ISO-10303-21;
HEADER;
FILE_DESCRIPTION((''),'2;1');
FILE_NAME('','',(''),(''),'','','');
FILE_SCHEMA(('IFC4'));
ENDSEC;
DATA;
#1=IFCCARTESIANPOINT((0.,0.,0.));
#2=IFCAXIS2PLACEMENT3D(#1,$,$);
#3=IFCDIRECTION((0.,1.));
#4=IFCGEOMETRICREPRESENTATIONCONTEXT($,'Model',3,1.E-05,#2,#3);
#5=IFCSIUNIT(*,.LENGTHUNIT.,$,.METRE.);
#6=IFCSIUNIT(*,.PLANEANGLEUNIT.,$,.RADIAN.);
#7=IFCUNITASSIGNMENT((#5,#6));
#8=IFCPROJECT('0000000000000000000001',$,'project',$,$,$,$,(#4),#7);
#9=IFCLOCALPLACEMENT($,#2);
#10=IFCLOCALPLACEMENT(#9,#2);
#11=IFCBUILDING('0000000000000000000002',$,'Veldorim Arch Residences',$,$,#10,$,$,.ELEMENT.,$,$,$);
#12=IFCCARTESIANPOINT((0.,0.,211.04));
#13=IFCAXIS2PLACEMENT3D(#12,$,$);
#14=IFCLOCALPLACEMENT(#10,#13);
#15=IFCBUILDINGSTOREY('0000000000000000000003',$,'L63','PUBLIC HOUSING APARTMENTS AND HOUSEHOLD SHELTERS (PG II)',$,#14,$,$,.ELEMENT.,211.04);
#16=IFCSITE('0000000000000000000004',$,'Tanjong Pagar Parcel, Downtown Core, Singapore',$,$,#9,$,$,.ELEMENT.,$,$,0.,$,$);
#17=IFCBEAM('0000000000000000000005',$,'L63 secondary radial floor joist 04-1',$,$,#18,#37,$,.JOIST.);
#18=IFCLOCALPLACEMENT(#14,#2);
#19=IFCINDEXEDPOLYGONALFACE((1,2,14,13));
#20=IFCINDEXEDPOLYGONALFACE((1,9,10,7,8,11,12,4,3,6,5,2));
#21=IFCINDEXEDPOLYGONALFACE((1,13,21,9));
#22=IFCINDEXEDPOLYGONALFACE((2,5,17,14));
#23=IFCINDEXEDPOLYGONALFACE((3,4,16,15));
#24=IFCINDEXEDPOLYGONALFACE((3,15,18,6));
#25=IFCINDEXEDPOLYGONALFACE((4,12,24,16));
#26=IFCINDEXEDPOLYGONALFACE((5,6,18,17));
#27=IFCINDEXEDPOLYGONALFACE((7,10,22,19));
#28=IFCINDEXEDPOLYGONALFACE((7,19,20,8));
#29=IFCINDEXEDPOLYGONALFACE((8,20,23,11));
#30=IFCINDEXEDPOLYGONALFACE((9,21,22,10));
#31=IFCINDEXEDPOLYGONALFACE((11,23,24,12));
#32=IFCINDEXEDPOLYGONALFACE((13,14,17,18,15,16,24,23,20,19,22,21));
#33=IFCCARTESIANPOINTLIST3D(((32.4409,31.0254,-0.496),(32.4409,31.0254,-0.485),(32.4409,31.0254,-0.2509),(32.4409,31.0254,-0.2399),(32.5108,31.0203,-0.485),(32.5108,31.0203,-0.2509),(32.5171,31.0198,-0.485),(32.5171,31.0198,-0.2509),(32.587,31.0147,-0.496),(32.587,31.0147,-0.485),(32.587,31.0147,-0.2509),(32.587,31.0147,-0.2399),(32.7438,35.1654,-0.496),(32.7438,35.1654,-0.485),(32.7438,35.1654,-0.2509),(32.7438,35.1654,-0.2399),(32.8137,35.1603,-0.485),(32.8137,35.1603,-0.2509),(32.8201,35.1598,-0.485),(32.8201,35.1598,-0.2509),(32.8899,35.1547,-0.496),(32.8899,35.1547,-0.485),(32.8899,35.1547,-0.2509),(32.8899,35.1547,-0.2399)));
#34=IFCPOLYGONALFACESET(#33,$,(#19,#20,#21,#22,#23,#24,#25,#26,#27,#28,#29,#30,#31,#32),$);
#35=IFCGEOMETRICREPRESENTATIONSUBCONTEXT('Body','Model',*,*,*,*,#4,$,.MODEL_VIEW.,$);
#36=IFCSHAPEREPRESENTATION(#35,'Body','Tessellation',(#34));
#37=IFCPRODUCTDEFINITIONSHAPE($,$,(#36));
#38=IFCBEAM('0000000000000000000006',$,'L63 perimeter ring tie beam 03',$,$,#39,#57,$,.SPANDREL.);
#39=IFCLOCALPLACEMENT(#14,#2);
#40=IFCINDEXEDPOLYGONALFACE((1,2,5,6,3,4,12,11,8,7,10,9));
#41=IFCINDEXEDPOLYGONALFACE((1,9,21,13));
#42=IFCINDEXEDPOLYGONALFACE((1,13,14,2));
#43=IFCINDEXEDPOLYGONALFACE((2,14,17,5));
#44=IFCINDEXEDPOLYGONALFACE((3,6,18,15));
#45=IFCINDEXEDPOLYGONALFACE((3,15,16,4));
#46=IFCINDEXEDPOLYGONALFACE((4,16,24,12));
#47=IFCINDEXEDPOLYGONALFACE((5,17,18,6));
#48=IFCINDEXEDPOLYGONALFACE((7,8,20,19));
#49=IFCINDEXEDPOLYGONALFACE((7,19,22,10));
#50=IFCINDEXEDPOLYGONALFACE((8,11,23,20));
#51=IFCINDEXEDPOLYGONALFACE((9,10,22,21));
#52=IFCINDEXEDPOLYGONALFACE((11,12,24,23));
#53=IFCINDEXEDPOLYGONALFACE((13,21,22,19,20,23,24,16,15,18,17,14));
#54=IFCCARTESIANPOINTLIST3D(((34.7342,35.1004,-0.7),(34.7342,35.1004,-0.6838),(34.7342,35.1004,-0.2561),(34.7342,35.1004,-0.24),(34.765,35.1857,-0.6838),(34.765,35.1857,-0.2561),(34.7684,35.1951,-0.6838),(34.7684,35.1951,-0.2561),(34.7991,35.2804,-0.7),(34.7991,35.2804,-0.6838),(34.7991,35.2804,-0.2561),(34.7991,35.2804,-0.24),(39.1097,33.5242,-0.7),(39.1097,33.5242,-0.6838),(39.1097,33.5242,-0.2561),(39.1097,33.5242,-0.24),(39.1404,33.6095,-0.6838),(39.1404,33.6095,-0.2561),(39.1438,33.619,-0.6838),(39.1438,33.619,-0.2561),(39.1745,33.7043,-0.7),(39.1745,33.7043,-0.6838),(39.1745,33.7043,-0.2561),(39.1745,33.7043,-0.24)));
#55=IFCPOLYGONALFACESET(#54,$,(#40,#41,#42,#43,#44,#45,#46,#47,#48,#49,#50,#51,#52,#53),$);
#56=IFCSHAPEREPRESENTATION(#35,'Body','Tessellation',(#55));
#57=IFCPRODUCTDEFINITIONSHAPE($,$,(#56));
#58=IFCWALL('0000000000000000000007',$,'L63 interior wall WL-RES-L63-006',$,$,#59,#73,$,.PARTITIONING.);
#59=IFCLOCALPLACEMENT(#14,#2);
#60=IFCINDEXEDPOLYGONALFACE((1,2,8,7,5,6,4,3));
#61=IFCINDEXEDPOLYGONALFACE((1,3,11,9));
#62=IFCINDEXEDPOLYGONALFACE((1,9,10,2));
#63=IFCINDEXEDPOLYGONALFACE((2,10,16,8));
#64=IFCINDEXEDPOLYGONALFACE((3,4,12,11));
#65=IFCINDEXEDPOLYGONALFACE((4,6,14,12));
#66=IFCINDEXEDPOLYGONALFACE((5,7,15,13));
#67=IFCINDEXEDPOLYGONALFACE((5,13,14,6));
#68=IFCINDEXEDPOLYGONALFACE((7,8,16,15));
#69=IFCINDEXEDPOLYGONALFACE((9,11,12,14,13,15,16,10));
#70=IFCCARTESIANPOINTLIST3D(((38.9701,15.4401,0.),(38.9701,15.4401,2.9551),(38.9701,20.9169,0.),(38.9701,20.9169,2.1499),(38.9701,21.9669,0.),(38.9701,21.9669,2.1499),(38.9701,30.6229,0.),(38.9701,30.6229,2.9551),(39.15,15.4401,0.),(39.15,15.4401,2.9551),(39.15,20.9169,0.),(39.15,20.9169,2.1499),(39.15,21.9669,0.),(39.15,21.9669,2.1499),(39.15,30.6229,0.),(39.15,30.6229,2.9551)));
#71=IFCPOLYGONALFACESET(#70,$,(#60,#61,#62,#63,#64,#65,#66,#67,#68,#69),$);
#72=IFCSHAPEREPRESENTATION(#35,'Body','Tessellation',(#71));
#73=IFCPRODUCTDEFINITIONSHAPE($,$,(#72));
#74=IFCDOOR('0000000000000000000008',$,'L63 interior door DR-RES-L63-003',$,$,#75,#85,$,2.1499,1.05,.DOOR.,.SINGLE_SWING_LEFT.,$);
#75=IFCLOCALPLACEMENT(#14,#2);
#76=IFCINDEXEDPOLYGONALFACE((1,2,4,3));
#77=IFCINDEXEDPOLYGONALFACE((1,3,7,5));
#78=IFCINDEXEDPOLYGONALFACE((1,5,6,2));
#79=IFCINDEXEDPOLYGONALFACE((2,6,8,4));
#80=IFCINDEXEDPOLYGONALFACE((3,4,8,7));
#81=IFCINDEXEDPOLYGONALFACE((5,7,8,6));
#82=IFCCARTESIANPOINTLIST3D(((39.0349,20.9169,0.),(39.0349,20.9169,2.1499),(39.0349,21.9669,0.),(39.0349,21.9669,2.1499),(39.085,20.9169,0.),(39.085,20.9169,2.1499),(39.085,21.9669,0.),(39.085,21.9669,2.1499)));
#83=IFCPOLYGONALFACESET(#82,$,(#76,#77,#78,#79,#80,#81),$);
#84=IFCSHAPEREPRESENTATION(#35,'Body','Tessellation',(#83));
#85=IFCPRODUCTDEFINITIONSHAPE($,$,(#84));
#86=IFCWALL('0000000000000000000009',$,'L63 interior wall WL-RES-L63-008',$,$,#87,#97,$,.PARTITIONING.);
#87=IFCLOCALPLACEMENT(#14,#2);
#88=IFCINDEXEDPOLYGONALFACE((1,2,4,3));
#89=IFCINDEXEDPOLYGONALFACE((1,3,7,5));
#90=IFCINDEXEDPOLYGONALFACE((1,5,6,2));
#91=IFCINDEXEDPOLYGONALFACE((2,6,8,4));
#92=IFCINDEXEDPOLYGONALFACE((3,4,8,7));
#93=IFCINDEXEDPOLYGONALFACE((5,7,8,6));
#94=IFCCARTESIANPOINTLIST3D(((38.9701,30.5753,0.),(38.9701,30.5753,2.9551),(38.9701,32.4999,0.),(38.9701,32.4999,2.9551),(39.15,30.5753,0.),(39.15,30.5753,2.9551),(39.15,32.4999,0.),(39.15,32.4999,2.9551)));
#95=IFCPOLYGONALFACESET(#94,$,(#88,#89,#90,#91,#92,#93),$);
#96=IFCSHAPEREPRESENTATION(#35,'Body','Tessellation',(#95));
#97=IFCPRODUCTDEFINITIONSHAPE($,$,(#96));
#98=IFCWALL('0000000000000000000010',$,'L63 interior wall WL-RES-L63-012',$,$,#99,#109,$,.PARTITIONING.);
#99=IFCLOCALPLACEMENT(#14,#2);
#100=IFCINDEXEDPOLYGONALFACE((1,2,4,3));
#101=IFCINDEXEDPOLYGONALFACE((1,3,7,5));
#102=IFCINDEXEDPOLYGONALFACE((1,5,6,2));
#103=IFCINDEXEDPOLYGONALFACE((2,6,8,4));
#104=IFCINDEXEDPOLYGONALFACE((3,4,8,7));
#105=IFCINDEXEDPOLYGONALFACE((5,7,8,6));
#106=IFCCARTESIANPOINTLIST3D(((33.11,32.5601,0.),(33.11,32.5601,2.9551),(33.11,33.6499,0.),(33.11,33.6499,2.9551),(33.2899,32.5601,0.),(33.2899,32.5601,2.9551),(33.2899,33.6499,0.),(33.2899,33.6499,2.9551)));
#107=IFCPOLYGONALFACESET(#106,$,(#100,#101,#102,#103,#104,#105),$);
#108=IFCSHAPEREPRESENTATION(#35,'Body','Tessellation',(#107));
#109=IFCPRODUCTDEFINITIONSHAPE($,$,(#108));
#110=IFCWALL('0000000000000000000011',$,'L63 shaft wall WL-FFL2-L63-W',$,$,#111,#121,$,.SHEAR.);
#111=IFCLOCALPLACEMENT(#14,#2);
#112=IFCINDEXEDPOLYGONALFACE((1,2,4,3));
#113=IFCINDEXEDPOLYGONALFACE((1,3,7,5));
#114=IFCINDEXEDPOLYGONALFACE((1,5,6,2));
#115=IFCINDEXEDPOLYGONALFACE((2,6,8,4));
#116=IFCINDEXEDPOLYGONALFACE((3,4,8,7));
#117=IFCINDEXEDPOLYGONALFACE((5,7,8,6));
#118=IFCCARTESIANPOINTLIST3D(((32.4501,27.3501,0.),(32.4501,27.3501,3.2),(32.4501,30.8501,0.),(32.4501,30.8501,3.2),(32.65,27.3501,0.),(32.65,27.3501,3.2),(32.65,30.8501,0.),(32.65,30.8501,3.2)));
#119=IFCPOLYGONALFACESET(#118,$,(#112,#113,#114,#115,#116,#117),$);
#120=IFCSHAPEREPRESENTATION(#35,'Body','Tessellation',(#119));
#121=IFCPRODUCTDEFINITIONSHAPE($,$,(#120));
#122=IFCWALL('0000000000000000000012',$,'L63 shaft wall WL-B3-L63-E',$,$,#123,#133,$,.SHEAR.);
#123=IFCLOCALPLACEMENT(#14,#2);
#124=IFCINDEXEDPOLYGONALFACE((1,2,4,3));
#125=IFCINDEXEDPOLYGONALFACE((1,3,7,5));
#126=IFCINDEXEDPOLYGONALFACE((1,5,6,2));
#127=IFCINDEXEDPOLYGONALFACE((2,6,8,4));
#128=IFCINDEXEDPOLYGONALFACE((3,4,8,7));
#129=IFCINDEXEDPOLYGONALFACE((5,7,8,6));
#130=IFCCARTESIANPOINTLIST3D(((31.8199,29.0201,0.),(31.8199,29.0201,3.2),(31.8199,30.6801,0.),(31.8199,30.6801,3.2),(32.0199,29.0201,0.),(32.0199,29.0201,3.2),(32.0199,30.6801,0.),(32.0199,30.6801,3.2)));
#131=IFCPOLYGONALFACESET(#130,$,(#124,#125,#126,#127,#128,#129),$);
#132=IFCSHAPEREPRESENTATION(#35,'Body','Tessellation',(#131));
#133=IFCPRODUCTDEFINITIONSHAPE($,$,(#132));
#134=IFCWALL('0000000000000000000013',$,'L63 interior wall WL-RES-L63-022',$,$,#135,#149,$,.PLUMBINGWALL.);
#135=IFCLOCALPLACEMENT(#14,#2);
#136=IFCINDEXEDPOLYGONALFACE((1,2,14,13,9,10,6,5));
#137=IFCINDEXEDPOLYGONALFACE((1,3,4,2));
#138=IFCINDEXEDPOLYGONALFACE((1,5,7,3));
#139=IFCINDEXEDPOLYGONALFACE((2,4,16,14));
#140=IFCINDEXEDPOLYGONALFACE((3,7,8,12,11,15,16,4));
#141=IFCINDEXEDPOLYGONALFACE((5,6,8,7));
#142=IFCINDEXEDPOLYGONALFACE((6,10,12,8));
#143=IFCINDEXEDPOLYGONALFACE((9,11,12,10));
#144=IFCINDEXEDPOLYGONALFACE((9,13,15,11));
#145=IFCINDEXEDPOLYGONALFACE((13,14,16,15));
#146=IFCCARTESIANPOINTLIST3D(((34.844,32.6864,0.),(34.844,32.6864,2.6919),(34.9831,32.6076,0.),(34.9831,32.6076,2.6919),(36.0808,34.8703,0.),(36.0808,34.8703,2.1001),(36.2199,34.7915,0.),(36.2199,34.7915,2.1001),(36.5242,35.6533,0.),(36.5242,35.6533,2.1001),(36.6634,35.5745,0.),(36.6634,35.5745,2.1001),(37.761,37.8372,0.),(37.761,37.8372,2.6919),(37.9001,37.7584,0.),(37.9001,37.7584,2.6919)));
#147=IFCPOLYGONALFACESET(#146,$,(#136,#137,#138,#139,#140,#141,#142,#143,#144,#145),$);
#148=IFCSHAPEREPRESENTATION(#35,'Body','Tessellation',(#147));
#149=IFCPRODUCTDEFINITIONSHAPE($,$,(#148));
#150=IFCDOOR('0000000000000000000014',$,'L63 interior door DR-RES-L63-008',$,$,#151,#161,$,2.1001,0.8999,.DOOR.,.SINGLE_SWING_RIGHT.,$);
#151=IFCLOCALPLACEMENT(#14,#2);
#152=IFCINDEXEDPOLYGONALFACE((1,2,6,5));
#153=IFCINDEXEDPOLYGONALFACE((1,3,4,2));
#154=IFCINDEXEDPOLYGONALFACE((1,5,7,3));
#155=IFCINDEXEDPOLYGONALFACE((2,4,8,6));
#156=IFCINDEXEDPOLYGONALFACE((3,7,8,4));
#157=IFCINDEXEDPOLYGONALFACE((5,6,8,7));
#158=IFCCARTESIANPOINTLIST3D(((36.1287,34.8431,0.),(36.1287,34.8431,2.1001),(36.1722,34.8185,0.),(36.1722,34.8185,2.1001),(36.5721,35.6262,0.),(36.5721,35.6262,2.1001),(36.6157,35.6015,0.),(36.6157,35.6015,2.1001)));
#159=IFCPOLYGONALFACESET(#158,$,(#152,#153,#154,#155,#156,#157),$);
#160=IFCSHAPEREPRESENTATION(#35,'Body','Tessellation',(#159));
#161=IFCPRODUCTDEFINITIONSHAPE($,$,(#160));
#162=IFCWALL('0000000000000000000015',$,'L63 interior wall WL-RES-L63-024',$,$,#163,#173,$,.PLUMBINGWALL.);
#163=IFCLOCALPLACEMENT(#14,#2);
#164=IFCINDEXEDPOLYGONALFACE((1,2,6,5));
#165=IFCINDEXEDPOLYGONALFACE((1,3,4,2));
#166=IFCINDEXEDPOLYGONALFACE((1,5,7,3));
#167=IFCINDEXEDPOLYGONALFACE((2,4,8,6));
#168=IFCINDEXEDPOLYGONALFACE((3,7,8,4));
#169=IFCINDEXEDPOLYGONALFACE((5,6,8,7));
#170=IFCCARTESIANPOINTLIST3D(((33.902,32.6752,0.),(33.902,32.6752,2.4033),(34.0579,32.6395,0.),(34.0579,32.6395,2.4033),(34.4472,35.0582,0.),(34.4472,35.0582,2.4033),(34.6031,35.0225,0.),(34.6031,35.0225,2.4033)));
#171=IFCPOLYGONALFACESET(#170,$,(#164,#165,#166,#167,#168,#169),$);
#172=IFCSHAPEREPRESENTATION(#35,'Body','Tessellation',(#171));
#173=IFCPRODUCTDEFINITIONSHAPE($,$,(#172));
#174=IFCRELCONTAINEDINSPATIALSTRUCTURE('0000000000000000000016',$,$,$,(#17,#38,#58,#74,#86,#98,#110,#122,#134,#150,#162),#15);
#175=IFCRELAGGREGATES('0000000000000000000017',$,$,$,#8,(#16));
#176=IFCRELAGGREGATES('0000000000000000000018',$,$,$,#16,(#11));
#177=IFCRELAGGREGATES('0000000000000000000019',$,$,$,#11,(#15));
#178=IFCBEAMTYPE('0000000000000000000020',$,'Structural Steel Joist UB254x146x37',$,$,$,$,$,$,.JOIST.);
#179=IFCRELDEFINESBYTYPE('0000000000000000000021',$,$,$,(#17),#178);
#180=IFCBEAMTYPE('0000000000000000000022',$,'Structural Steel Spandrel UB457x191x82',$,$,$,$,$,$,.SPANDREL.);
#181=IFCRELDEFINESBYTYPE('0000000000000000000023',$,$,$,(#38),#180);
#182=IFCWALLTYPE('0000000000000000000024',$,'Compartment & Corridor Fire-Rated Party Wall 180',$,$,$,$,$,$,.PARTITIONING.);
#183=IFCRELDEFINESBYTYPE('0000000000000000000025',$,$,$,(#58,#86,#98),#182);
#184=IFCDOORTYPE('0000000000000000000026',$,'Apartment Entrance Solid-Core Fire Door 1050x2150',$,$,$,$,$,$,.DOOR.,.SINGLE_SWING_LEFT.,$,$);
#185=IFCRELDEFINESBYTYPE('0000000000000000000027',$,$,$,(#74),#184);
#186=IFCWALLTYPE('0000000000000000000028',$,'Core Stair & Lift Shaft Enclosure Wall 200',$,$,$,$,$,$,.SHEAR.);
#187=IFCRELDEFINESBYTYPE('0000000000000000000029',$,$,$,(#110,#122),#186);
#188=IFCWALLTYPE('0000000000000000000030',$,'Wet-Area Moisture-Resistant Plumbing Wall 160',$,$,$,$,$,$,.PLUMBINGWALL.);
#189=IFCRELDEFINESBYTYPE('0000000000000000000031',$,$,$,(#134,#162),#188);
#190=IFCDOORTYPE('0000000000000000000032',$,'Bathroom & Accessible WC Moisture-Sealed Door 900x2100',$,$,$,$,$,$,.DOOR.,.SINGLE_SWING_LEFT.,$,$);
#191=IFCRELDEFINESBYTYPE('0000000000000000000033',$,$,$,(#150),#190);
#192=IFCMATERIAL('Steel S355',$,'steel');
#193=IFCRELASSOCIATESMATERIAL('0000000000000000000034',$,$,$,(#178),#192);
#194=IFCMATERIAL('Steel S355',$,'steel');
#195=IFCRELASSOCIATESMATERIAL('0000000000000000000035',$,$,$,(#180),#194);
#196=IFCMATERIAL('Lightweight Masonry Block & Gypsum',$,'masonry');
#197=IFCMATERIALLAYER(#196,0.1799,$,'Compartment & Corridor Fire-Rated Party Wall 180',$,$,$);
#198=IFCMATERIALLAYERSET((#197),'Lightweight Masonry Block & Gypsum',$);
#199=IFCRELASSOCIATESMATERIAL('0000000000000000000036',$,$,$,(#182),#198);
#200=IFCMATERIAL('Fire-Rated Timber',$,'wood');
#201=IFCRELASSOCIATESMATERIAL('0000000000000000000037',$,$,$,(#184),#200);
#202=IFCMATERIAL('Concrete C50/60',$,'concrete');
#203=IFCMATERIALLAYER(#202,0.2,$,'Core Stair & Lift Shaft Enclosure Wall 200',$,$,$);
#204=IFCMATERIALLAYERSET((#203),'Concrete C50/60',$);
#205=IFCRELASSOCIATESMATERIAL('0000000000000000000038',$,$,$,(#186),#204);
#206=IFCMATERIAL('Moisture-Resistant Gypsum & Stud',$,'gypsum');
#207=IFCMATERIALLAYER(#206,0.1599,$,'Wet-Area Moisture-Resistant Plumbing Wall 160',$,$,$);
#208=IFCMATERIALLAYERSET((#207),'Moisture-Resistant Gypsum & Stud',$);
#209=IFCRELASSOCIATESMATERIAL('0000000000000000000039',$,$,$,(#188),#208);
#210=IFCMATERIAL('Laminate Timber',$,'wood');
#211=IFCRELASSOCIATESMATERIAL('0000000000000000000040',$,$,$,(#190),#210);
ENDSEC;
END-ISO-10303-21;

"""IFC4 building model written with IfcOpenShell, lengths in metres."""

from ifc_helpers import new_model, si_unit, direction, frame, frame_2d, origin, origin_2d, place, context, subcontext, project, spatial, rectangle, i_section, extrude, material, layer, layer_set, material_profile, profile_set, type_object, element, fill, save


model = new_model("IFC4")

# Units and contexts
model_context = context("Model", 3, precision=1e-05, world=origin(), true_north=direction((0.0, 1.0)))
body_context = subcontext(model_context, "Body", "Model", "MODEL_VIEW")
ifc_project = project(units=[si_unit("LENGTHUNIT", "METRE"), si_unit("PLANEANGLEUNIT", "RADIAN")], contexts=[model_context])

# Site, building, storey
site_placement = place(None, origin())
site = spatial("IfcSite", under=ifc_project, at=site_placement, Name="Tanjong Pagar Parcel, Downtown Core, Singapore", CompositionType="ELEMENT", RefElevation=0.0)
building_placement = place(site_placement, origin())
building = spatial("IfcBuilding", under=site, at=building_placement, Name="Veldorim Arch Residences", CompositionType="ELEMENT")
storey_placement = place(building_placement, frame((0.0, 0.0, 211.04)))
storey = spatial("IfcBuildingStorey", under=building, at=storey_placement, Name="L63", Description="PUBLIC HOUSING APARTMENTS AND HOUSEHOLD SHELTERS (PG II)", CompositionType="ELEMENT", Elevation=211.04)

# Beams
ifc_material_1 = material(Name="Steel S355", Category="steel")
ifc_material_profile_1 = material_profile(ifc_material_1, i_section(OverallWidth=0.1465, OverallDepth=0.2561, WebThickness=0.0063, FlangeThickness=0.011, at=origin_2d()), Name="UB254x146x37")
ifc_profile_set_1 = profile_set([ifc_material_profile_1], Name="Steel S355")
beam_type_1 = type_object("IfcBeamType", Name="Structural Steel Joist UB254x146x37", PredefinedType="JOIST", material=ifc_profile_set_1)
beam_1_placement = place(storey_placement, frame((32.5139, 31.02, -0.3679), z_axis=(0.072986, 0.997333, 0.0), x_axis=(-0.997333, 0.072986, 0.0)))
element("IfcBeam", 1, at=beam_1_placement, inside=storey, type_object=beam_type_1, Name="L63 secondary radial floor joist 04-1", PredefinedType="JOIST", context=body_context, shape_type="SweptSolid", body=[
    extrude(i_section(OverallWidth=0.1465, OverallDepth=0.2561, WebThickness=0.0063, FlangeThickness=0.011, at=origin_2d()), origin(), (0.0, 0.0, 1.0), 4.1511),
])
ifc_material_2 = material(Name="Steel S355", Category="steel")
ifc_material_profile_2 = material_profile(ifc_material_2, i_section(OverallWidth=0.1914, OverallDepth=0.46, WebThickness=0.01, FlangeThickness=0.0161, at=origin_2d()), Name="UB457x191x82")
ifc_profile_set_2 = profile_set([ifc_material_profile_2], Name="Steel S355")
beam_type_2 = type_object("IfcBeamType", Name="Structural Steel Spandrel UB457x191x82", PredefinedType="SPANDREL", material=ifc_profile_set_2)
beam_2_placement = place(storey_placement, frame((39.1421, 33.6143, -0.47), z_axis=(-0.940819, 0.338909, 0.0), x_axis=(-0.338909, -0.940819, 0.0)))
element("IfcBeam", 2, at=beam_2_placement, inside=storey, type_object=beam_type_2, Name="L63 perimeter ring tie beam 03", PredefinedType="SPANDREL", context=body_context, shape_type="SweptSolid", body=[
    extrude(i_section(OverallWidth=0.1914, OverallDepth=0.46, WebThickness=0.01, FlangeThickness=0.0161, at=origin_2d()), origin(), (0.0, 0.0, 1.0), 4.6506),
])

# Wall, opening, door
ifc_material_3 = material(Name="Lightweight Masonry Block & Gypsum", Category="masonry")
ifc_layer_1 = layer(ifc_material_3, 0.1799, Name="Compartment & Corridor Fire-Rated Party Wall 180")
ifc_layer_set_1 = layer_set([ifc_layer_1], Name="Lightweight Masonry Block & Gypsum")
wall_type_1 = type_object("IfcWallType", Name="Compartment & Corridor Fire-Rated Party Wall 180", PredefinedType="PARTITIONING", material=ifc_layer_set_1)
wall_1_placement = place(storey_placement, frame((39.0601, 30.6228, 0.0), z_axis=(0.0, 0.0, 1.0), x_axis=(0.0, -1.0, 0.0)))
wall_1 = element("IfcWall", 3, at=wall_1_placement, inside=storey, type_object=wall_type_1, Name="L63 interior wall WL-RES-L63-006", PredefinedType="PARTITIONING", context=body_context, shape_type="SweptSolid", body=[
    extrude(rectangle(XDim=15.1829, YDim=0.1799, at=frame_2d((7.5913, 0.0))), origin(), (0.0, 0.0, 1.0), 2.9551),
])
opening_1_placement = place(wall_1_placement, frame((8.656, 0.0, 0.0)))
opening_1 = element("IfcOpeningElement", 4, at=opening_1_placement, cuts=wall_1, PredefinedType="OPENING", context=body_context, shape_type="SweptSolid", body=[
    extrude(rectangle(XDim=1.05, YDim=2.1499, at=frame_2d((0.5249, 1.075))), frame((0.0, 0.0999, 0.0), z_axis=(0.0, -1.0, 0.0), x_axis=(1.0, 0.0, 0.0)), (0.0, 0.0, 1.0), 0.2),
])
ifc_material_4 = material(Name="Fire-Rated Timber", Category="wood")
door_type_1 = type_object("IfcDoorType", Name="Apartment Entrance Solid-Core Fire Door 1050x2150", OperationType="SINGLE_SWING_LEFT", PredefinedType="DOOR", material=ifc_material_4)
door_1_placement = place(opening_1_placement, origin())
door_1 = element("IfcDoor", 5, at=door_1_placement, inside=storey, type_object=door_type_1, Name="L63 interior door DR-RES-L63-003", OperationType="SINGLE_SWING_LEFT", OverallHeight=2.1499, OverallWidth=1.05, PredefinedType="DOOR", context=body_context, shape_type="SweptSolid", body=[
    extrude(rectangle(XDim=1.05, YDim=2.1499, at=frame_2d((0.5249, 1.075))), frame((0.0, 0.0249, 0.0), z_axis=(0.0, -1.0, 0.0), x_axis=(1.0, 0.0, 0.0)), (0.0, 0.0, 1.0), 0.05),
])
fill(opening_1, door_1)

# Walls
wall_2_placement = place(storey_placement, frame((39.0601, 32.5, 0.0), z_axis=(0.0, 0.0, 1.0), x_axis=(0.0, -1.0, 0.0)))
element("IfcWall", 6, at=wall_2_placement, inside=storey, type_object=wall_type_1, Name="L63 interior wall WL-RES-L63-008", PredefinedType="PARTITIONING", context=body_context, shape_type="SweptSolid", body=[
    extrude(rectangle(XDim=1.9246, YDim=0.1799, at=frame_2d((0.9624, 0.0))), origin(), (0.0, 0.0, 1.0), 2.9551),
])
wall_3_placement = place(storey_placement, frame((33.2, 33.6499, 0.0), z_axis=(0.0, 0.0, 1.0), x_axis=(0.0, -1.0, 0.0)))
element("IfcWall", 7, at=wall_3_placement, inside=storey, type_object=wall_type_1, Name="L63 interior wall WL-RES-L63-012", PredefinedType="PARTITIONING", context=body_context, shape_type="SweptSolid", body=[
    extrude(rectangle(XDim=1.0898, YDim=0.1799, at=frame_2d((0.5449, 0.0))), origin(), (0.0, 0.0, 1.0), 2.9551),
])

# Shared definitions
ifc_material_5 = material(Name="Concrete C50/60", Category="concrete")
ifc_layer_2 = layer(ifc_material_5, 0.2, Name="Core Stair & Lift Shaft Enclosure Wall 200")
ifc_layer_set_2 = layer_set([ifc_layer_2], Name="Concrete C50/60")
wall_type_2 = type_object("IfcWallType", Name="Core Stair & Lift Shaft Enclosure Wall 200", PredefinedType="SHEAR", material=ifc_layer_set_2)

# Walls
wall_4_placement = place(storey_placement, frame((32.55, 27.3501, 0.0), z_axis=(0.0, 0.0, 1.0), x_axis=(0.0, 1.0, 0.0)))
element("IfcWall", 8, at=wall_4_placement, inside=storey, type_object=wall_type_2, Name="L63 shaft wall WL-FFL2-L63-W", PredefinedType="SHEAR", context=body_context, shape_type="SweptSolid", body=[
    extrude(rectangle(XDim=3.5, YDim=0.2, at=frame_2d((1.75, 0.0))), origin(), (0.0, 0.0, 1.0), 3.2),
])
wall_5_placement = place(storey_placement, frame((31.9199, 29.02, 0.0), z_axis=(0.0, 0.0, 1.0), x_axis=(0.0, 1.0, 0.0)))
element("IfcWall", 9, at=wall_5_placement, inside=storey, type_object=wall_type_2, Name="L63 shaft wall WL-B3-L63-E", PredefinedType="SHEAR", context=body_context, shape_type="SweptSolid", body=[
    extrude(rectangle(XDim=1.6599, YDim=0.2, at=frame_2d((0.8301, 0.0))), origin(), (0.0, 0.0, 1.0), 3.2),
])

# Wall, opening, door
ifc_material_6 = material(Name="Moisture-Resistant Gypsum & Stud", Category="gypsum")
ifc_layer_3 = layer(ifc_material_6, 0.1599, Name="Wet-Area Moisture-Resistant Plumbing Wall 160")
ifc_layer_set_3 = layer_set([ifc_layer_3], Name="Moisture-Resistant Gypsum & Stud")
wall_type_3 = type_object("IfcWallType", Name="Wet-Area Moisture-Resistant Plumbing Wall 160", PredefinedType="PLUMBINGWALL", material=ifc_layer_set_3)
wall_6_placement = place(storey_placement, frame((34.9136, 32.647, 0.0), z_axis=(0.0, 0.0, 1.0), x_axis=(0.492777, 0.870155, 0.0)))
wall_6 = element("IfcWall", 10, at=wall_6_placement, inside=storey, type_object=wall_type_3, Name="L63 interior wall WL-RES-L63-022", PredefinedType="PLUMBINGWALL", context=body_context, shape_type="SweptSolid", body=[
    extrude(rectangle(XDim=5.9194, YDim=0.1599, at=frame_2d((2.9597, 0.0))), origin(), (0.0, 0.0, 1.0), 2.6919),
])
opening_2_placement = place(wall_6_placement, frame((2.5098, 0.0, 0.0)))
opening_2 = element("IfcOpeningElement", 11, at=opening_2_placement, cuts=wall_6, PredefinedType="OPENING", context=body_context, shape_type="SweptSolid", body=[
    extrude(rectangle(XDim=0.8999, YDim=2.1001, at=frame_2d((0.45, 1.05))), frame((0.0, 0.0898, 0.0), z_axis=(0.0, -1.0, 0.0), x_axis=(1.0, 0.0, 0.0)), (0.0, 0.0, 1.0), 0.1799),
])
ifc_material_7 = material(Name="Laminate Timber", Category="wood")
door_type_2 = type_object("IfcDoorType", Name="Bathroom & Accessible WC Moisture-Sealed Door 900x2100", OperationType="SINGLE_SWING_LEFT", PredefinedType="DOOR", material=ifc_material_7)
door_2_placement = place(opening_2_placement, origin())
door_2 = element("IfcDoor", 12, at=door_2_placement, inside=storey, type_object=door_type_2, Name="L63 interior door DR-RES-L63-008", OperationType="SINGLE_SWING_RIGHT", OverallHeight=2.1001, OverallWidth=0.8999, PredefinedType="DOOR", context=body_context, shape_type="SweptSolid", body=[
    extrude(rectangle(XDim=0.8999, YDim=2.1001, at=frame_2d((0.45, 1.05))), frame((0.0, 0.0249, 0.0), z_axis=(0.0, -1.0, 0.0), x_axis=(1.0, 0.0, 0.0)), (0.0, 0.0, 1.0), 0.05),
])
fill(opening_2, door_2)

# Wall
wall_7_placement = place(storey_placement, frame((33.98, 32.6575, 0.0), z_axis=(0.0, 0.0, 1.0), x_axis=(0.223006, 0.974817, 0.0)))
element("IfcWall", 13, at=wall_7_placement, inside=storey, type_object=wall_type_3, Name="L63 interior wall WL-RES-L63-024", PredefinedType="PLUMBINGWALL", context=body_context, shape_type="SweptSolid", body=[
    extrude(rectangle(XDim=2.4446, YDim=0.1599, at=frame_2d((1.2222, 0.0))), origin(), (0.0, 0.0, 1.0), 2.4033),
])

save(model, "model.ifc")
